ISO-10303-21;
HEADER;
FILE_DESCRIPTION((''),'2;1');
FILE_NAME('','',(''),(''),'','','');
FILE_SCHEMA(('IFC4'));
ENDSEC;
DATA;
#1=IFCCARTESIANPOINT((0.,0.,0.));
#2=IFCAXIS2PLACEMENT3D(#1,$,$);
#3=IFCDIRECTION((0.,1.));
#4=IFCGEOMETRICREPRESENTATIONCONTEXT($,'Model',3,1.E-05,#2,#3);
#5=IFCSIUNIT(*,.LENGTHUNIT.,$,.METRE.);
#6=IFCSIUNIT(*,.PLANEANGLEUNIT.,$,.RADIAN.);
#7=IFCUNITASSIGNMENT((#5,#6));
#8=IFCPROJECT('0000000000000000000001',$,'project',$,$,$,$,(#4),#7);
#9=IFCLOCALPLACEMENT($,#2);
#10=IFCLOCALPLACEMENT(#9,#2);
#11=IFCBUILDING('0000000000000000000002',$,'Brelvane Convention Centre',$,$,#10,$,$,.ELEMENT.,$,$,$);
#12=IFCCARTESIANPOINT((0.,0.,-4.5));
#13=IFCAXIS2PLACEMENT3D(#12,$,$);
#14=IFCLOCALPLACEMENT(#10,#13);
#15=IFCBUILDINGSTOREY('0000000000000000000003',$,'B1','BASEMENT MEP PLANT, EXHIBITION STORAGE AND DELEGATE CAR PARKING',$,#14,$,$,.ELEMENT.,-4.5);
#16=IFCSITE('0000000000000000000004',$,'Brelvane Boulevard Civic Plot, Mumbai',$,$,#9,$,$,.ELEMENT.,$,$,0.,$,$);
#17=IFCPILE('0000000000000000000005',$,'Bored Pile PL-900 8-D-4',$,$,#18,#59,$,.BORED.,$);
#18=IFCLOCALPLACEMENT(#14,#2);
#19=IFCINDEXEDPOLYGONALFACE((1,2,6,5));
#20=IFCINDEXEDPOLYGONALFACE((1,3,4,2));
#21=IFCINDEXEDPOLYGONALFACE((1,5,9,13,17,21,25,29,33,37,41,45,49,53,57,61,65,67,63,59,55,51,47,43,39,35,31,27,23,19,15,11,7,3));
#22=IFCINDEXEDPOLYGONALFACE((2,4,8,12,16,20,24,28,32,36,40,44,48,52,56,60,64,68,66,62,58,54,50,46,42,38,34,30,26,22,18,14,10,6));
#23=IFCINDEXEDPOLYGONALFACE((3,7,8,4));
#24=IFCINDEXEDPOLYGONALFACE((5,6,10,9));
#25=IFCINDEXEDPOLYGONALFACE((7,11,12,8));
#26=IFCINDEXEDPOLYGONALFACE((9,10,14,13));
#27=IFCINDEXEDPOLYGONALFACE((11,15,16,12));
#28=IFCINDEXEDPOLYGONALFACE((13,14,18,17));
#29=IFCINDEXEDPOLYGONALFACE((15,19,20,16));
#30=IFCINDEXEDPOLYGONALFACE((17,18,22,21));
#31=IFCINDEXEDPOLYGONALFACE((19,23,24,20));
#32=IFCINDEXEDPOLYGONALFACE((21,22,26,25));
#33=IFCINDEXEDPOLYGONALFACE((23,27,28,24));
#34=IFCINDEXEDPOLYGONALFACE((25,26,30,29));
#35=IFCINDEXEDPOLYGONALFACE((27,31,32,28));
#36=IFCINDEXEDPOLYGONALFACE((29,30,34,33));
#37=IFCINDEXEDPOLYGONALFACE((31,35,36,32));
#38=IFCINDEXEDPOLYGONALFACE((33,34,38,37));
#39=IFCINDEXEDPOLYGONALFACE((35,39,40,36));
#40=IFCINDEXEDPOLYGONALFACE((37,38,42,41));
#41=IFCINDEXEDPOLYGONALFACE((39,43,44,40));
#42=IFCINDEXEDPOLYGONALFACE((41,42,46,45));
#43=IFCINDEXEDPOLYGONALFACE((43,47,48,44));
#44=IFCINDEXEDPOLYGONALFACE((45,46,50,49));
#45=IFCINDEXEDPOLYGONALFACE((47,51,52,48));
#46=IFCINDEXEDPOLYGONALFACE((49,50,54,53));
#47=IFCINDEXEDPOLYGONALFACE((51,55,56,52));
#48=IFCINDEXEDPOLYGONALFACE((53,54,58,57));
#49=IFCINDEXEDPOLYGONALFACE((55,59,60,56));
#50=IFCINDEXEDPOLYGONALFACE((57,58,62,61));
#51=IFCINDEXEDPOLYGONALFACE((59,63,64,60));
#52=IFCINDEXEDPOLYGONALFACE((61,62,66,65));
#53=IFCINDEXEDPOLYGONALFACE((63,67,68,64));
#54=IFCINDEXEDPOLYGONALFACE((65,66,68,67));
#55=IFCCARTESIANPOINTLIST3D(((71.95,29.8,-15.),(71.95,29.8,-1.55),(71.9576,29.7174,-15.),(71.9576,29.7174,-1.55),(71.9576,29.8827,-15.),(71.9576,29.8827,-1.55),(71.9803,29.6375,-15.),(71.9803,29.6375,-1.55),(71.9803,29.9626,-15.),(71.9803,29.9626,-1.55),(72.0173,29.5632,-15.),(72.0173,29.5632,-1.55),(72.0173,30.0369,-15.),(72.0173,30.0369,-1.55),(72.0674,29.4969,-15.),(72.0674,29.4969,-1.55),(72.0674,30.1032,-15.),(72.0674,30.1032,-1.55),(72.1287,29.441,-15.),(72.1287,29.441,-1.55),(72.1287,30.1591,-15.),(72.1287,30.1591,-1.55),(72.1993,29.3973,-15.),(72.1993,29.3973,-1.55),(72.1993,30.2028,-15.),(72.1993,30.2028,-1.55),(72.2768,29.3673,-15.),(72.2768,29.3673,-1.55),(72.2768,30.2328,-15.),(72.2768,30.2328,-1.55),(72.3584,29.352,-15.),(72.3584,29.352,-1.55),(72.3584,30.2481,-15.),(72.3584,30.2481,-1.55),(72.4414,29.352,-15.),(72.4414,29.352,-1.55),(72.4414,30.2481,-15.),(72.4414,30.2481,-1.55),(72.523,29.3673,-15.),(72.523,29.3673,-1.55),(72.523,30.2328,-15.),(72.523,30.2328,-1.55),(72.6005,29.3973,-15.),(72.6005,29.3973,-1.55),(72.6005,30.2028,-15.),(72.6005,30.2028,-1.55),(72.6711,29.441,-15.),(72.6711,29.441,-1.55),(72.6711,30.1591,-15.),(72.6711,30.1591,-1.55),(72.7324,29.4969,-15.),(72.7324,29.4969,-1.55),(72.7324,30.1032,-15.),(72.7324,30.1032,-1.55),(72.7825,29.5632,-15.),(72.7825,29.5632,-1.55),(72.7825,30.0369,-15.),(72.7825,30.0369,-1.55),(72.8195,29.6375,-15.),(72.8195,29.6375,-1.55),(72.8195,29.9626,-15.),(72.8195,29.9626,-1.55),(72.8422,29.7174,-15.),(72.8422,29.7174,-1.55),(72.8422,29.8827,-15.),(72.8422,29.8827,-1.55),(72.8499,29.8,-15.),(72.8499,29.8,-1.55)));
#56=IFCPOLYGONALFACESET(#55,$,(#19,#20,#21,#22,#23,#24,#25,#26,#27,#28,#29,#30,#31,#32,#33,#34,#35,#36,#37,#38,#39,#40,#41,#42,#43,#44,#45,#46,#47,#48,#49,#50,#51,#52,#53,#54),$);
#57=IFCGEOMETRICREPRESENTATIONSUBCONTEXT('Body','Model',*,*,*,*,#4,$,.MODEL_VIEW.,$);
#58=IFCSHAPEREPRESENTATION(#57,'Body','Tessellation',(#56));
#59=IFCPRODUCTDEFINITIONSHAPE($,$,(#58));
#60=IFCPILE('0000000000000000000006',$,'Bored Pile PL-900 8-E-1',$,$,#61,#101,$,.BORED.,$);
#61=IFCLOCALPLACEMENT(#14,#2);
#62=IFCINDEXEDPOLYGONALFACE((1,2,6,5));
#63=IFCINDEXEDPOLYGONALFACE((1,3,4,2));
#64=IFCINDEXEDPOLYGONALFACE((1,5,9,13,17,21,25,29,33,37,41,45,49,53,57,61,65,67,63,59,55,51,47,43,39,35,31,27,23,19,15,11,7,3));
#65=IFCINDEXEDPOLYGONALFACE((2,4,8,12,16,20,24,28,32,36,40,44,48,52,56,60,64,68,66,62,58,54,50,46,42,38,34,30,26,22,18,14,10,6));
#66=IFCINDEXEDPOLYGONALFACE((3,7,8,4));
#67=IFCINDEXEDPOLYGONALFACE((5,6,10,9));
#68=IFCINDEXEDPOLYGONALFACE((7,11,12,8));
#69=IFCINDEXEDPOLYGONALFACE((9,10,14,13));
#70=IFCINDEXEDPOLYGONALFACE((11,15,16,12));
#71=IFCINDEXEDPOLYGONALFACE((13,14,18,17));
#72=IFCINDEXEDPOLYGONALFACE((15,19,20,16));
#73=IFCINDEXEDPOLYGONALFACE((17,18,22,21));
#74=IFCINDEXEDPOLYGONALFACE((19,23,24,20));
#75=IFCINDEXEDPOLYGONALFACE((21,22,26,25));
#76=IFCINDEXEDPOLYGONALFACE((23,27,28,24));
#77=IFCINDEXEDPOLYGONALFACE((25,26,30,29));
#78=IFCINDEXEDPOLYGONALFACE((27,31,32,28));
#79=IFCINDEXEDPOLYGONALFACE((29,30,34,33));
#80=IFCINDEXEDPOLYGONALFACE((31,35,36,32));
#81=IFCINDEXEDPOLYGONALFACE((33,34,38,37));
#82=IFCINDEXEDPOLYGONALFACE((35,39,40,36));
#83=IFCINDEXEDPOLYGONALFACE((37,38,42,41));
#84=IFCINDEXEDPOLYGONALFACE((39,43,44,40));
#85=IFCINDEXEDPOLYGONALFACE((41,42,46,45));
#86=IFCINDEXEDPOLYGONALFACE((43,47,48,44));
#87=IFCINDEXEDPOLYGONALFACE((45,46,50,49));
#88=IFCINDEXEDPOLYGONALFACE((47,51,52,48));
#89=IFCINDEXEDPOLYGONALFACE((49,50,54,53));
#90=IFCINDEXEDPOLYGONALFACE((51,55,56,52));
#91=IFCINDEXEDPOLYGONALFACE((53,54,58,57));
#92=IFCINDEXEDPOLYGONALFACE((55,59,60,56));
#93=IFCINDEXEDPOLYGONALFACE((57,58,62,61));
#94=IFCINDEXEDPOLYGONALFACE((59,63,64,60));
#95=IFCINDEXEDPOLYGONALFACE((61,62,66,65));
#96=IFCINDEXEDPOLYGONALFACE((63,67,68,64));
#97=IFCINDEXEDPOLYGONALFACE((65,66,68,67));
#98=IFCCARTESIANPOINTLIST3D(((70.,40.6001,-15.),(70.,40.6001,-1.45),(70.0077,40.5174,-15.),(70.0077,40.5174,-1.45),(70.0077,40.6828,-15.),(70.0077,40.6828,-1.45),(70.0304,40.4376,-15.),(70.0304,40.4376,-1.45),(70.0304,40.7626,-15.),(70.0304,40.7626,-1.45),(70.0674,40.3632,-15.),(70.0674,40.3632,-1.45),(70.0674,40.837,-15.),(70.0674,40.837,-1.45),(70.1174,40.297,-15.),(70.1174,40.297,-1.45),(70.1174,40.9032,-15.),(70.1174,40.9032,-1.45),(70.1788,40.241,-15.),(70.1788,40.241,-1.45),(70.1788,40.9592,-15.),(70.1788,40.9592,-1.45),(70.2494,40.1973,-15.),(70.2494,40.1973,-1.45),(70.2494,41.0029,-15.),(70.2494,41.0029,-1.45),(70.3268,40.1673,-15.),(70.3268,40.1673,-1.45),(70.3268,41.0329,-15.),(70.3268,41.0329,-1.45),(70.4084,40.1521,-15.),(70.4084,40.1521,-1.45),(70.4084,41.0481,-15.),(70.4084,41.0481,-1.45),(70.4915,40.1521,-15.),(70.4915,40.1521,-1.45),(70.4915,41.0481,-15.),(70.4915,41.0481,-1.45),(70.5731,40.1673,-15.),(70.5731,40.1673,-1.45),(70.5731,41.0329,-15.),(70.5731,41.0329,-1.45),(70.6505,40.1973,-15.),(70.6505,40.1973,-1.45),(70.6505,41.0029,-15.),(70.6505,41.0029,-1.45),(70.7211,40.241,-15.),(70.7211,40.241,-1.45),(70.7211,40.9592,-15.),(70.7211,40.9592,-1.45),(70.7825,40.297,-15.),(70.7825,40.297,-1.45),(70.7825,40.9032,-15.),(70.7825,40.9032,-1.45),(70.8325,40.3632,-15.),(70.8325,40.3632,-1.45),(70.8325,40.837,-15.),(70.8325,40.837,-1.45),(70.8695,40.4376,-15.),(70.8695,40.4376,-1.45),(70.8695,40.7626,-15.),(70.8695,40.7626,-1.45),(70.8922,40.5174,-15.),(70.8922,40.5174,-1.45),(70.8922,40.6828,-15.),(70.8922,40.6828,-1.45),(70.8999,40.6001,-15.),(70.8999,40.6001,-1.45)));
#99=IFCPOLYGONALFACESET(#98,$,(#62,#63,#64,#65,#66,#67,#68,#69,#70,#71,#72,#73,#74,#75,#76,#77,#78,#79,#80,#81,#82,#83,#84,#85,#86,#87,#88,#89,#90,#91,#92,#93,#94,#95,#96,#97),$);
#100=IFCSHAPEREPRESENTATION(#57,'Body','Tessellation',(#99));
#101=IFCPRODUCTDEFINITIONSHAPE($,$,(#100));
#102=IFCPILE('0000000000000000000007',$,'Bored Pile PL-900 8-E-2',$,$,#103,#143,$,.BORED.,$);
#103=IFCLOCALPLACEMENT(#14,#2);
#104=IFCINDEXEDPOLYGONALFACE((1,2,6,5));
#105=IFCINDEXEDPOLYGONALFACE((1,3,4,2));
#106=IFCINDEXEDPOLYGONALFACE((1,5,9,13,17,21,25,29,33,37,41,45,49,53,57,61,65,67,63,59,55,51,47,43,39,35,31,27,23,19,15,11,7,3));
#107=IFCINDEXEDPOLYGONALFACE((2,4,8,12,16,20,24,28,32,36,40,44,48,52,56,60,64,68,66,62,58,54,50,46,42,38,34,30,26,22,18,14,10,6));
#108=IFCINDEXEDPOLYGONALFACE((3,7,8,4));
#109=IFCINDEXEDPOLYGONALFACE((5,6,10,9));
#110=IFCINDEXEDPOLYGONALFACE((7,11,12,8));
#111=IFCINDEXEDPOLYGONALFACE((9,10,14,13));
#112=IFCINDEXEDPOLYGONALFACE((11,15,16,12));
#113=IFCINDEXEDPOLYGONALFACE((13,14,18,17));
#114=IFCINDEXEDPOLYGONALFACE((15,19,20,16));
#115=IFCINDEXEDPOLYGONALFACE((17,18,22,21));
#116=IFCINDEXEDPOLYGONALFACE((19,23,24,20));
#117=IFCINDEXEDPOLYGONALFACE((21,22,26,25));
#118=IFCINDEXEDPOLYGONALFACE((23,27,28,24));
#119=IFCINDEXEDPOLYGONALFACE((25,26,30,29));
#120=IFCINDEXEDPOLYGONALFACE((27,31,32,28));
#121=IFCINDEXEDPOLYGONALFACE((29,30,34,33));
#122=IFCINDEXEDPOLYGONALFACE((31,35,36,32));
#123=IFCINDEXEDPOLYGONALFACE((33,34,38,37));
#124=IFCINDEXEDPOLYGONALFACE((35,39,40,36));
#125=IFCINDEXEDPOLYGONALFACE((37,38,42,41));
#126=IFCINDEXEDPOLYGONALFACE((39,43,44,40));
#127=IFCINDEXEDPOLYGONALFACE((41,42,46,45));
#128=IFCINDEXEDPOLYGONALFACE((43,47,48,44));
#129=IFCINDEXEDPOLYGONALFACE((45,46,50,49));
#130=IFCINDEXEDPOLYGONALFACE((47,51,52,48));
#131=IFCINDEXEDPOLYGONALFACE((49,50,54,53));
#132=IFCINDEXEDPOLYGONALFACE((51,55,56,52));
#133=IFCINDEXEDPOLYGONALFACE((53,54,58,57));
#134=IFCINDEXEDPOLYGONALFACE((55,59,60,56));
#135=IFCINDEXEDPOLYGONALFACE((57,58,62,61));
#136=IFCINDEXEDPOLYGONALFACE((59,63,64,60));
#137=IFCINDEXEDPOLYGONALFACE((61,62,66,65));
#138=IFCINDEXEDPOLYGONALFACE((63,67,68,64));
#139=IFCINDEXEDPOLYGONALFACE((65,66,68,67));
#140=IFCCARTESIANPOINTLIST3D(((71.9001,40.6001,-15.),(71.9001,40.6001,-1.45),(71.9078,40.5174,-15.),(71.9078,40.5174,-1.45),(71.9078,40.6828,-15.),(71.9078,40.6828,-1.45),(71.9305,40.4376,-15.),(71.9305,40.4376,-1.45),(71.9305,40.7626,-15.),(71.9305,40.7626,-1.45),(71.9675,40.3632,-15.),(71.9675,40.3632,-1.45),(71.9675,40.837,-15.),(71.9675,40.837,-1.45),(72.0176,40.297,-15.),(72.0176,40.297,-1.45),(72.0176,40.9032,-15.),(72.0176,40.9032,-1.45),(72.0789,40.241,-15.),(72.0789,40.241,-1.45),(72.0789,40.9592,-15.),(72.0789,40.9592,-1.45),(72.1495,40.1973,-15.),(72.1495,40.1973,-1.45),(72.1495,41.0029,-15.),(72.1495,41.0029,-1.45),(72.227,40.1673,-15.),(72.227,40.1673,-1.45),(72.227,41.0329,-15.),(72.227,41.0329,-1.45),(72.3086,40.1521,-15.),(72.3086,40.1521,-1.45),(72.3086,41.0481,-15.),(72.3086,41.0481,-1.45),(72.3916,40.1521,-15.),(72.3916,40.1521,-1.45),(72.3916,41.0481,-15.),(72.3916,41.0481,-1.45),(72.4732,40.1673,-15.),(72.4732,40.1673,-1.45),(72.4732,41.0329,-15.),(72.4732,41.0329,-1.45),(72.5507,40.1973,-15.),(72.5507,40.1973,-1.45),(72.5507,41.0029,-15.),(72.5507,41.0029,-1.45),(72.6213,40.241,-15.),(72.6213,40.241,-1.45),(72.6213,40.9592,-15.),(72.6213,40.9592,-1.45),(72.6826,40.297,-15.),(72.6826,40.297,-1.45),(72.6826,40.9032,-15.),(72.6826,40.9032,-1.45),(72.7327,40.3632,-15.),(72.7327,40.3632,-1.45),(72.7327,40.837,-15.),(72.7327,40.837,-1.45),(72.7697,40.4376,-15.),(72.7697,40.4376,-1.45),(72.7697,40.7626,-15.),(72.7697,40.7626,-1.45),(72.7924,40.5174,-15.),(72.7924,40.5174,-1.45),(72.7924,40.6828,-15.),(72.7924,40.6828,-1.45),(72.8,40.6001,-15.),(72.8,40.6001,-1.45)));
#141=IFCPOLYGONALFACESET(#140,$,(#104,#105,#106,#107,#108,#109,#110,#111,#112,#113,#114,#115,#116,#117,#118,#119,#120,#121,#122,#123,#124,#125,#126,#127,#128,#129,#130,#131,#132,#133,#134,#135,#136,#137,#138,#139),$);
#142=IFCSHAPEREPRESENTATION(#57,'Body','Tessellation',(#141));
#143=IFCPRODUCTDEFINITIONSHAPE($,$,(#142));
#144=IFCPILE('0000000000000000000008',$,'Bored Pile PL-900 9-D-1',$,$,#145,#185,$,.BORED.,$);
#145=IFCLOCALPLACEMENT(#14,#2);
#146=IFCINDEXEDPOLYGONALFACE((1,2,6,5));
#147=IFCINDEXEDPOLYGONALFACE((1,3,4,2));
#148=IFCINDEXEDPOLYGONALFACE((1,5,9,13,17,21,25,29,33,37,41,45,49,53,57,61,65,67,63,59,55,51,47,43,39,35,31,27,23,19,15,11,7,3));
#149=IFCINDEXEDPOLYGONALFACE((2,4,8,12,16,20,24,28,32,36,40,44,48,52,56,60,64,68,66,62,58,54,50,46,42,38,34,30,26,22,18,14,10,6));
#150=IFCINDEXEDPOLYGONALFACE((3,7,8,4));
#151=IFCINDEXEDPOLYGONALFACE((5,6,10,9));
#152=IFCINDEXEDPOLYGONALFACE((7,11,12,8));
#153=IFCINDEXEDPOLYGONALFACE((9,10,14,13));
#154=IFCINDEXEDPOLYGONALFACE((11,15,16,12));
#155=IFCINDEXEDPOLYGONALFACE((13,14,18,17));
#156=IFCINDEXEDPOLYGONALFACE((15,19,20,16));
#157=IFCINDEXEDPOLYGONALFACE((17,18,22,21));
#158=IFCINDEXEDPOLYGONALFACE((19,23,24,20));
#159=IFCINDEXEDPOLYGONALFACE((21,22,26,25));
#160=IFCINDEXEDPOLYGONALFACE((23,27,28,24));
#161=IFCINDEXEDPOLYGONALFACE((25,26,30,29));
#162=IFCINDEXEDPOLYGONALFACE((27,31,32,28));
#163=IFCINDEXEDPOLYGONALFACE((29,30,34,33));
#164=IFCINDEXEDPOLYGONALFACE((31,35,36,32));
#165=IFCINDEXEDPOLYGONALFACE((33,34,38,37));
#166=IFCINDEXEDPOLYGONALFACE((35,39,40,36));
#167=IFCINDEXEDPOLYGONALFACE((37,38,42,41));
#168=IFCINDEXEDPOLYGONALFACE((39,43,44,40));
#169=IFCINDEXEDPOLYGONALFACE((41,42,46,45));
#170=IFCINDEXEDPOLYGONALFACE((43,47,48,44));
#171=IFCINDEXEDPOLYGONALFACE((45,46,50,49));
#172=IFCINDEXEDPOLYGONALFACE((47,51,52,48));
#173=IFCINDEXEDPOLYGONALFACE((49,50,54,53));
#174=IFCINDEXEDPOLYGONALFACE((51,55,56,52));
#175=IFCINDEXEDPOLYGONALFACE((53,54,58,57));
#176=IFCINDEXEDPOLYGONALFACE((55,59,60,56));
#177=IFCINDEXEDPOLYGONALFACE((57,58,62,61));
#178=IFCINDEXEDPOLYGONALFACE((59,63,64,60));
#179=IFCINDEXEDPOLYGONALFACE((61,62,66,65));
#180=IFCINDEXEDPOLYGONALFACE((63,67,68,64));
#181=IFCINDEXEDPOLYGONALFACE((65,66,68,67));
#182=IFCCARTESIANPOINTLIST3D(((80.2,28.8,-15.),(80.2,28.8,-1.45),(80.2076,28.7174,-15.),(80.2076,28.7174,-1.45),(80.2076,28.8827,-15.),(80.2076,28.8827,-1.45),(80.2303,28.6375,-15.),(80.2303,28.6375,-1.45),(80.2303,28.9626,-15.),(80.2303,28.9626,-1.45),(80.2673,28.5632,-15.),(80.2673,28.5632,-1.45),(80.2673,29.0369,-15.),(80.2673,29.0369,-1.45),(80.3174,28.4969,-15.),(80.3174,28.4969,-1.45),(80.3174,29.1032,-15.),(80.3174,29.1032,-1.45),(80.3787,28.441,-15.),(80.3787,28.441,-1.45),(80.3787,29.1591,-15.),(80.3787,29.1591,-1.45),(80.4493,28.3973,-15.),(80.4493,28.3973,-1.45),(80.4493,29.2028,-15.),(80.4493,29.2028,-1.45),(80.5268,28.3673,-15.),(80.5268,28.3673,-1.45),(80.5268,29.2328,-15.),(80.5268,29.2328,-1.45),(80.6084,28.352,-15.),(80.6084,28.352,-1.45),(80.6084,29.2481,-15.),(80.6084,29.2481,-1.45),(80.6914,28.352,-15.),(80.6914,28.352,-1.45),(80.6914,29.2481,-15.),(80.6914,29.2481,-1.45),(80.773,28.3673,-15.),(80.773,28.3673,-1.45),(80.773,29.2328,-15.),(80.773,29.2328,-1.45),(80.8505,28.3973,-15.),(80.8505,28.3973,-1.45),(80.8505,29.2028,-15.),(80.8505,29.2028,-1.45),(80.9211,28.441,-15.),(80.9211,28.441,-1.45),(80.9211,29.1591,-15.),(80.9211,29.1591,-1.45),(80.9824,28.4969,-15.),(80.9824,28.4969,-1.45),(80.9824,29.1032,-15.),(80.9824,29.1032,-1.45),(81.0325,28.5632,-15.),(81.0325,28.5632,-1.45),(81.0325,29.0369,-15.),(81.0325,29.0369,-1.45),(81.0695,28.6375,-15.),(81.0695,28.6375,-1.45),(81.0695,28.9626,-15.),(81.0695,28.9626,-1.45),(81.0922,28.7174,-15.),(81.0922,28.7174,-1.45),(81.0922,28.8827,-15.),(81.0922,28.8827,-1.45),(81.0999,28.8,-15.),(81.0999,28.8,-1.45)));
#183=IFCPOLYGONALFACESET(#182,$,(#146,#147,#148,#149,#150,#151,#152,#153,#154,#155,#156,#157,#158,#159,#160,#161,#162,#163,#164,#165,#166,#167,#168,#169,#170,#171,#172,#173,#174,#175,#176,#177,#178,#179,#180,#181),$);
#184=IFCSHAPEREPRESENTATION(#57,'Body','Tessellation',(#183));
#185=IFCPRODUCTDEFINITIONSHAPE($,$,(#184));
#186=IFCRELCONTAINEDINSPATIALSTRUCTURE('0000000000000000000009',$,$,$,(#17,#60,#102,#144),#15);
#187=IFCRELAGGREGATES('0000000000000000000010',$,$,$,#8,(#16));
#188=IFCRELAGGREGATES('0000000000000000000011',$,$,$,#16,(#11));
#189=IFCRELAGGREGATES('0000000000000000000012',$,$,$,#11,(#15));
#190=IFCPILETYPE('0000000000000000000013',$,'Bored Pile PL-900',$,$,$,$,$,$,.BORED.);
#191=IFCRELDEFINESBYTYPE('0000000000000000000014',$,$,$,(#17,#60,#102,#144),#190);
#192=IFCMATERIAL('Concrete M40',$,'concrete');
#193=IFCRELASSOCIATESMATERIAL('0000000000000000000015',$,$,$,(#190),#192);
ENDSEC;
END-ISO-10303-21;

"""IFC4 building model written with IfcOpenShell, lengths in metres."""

from ifc_helpers import new_model, si_unit, direction, frame, origin, origin_2d, place, context, subcontext, project, spatial, circle, extrude, material, material_profile, profile_set, type_object, element, save


model = new_model("IFC4")

# Units and contexts
model_context = context("Model", 3, precision=1e-05, world=origin(), true_north=direction((0.0, 1.0)))
body_context = subcontext(model_context, "Body", "Model", "MODEL_VIEW")
ifc_project = project(units=[si_unit("LENGTHUNIT", "METRE"), si_unit("PLANEANGLEUNIT", "RADIAN")], contexts=[model_context])

# Site, building, storey
site_placement = place(None, origin())
site = spatial("IfcSite", under=ifc_project, at=site_placement, Name="Brelvane Boulevard Civic Plot, Mumbai", CompositionType="ELEMENT", RefElevation=0.0)
building_placement = place(site_placement, origin())
building = spatial("IfcBuilding", under=site, at=building_placement, Name="Brelvane Convention Centre", CompositionType="ELEMENT")
storey_placement = place(building_placement, frame((0.0, 0.0, -4.5)))
storey = spatial("IfcBuildingStorey", under=building, at=storey_placement, Name="B1", Description="BASEMENT MEP PLANT, EXHIBITION STORAGE AND DELEGATE CAR PARKING", CompositionType="ELEMENT", Elevation=-4.5)

# Piles
ifc_material_1 = material(Name="Concrete M40", Category="concrete")
ifc_material_profile_1 = material_profile(ifc_material_1, circle(Radius=0.45, at=origin_2d()), Name="PILE D900")
ifc_profile_set_1 = profile_set([ifc_material_profile_1], Name="Concrete M40")
pile_type = type_object("IfcPileType", Name="Bored Pile PL-900", PredefinedType="BORED", material=ifc_profile_set_1)
for number, where, z_axis, x_axis, name in (
    (1, (72.3999, 29.8, -1.55), (0.0, 0.0, -1.0), (1.0, 0.0, 0.0), "Bored Pile PL-900 8-D-4"),
):
    element("IfcPile", number, at=place(storey_placement, frame(where, z_axis=z_axis, x_axis=x_axis)), inside=storey, type_object=pile_type, Name=name, PredefinedType="BORED", context=body_context, shape_type="SweptSolid", body=[
        extrude(circle(Radius=0.45, at=origin_2d()), origin(), (0.0, 0.0, 1.0), 13.45),
    ])
for number, where, z_axis, x_axis, name in (
    (2, (70.45, 40.6001, -1.45), (0.0, 0.0, -1.0), (1.0, 0.0, 0.0), "Bored Pile PL-900 8-E-1"),
    (3, (72.3501, 40.6001, -1.45), (0.0, 0.0, -1.0), (1.0, 0.0, 0.0), "Bored Pile PL-900 8-E-2"),
    (4, (80.6499, 28.8, -1.45), (0.0, 0.0, -1.0), (1.0, 0.0, 0.0), "Bored Pile PL-900 9-D-1"),
):
    element("IfcPile", number, at=place(storey_placement, frame(where, z_axis=z_axis, x_axis=x_axis)), inside=storey, type_object=pile_type, Name=name, PredefinedType="BORED", context=body_context, shape_type="SweptSolid", body=[
        extrude(circle(Radius=0.45, at=origin_2d()), origin(), (0.0, 0.0, 1.0), 13.55),
    ])

save(model, "model.ifc")
